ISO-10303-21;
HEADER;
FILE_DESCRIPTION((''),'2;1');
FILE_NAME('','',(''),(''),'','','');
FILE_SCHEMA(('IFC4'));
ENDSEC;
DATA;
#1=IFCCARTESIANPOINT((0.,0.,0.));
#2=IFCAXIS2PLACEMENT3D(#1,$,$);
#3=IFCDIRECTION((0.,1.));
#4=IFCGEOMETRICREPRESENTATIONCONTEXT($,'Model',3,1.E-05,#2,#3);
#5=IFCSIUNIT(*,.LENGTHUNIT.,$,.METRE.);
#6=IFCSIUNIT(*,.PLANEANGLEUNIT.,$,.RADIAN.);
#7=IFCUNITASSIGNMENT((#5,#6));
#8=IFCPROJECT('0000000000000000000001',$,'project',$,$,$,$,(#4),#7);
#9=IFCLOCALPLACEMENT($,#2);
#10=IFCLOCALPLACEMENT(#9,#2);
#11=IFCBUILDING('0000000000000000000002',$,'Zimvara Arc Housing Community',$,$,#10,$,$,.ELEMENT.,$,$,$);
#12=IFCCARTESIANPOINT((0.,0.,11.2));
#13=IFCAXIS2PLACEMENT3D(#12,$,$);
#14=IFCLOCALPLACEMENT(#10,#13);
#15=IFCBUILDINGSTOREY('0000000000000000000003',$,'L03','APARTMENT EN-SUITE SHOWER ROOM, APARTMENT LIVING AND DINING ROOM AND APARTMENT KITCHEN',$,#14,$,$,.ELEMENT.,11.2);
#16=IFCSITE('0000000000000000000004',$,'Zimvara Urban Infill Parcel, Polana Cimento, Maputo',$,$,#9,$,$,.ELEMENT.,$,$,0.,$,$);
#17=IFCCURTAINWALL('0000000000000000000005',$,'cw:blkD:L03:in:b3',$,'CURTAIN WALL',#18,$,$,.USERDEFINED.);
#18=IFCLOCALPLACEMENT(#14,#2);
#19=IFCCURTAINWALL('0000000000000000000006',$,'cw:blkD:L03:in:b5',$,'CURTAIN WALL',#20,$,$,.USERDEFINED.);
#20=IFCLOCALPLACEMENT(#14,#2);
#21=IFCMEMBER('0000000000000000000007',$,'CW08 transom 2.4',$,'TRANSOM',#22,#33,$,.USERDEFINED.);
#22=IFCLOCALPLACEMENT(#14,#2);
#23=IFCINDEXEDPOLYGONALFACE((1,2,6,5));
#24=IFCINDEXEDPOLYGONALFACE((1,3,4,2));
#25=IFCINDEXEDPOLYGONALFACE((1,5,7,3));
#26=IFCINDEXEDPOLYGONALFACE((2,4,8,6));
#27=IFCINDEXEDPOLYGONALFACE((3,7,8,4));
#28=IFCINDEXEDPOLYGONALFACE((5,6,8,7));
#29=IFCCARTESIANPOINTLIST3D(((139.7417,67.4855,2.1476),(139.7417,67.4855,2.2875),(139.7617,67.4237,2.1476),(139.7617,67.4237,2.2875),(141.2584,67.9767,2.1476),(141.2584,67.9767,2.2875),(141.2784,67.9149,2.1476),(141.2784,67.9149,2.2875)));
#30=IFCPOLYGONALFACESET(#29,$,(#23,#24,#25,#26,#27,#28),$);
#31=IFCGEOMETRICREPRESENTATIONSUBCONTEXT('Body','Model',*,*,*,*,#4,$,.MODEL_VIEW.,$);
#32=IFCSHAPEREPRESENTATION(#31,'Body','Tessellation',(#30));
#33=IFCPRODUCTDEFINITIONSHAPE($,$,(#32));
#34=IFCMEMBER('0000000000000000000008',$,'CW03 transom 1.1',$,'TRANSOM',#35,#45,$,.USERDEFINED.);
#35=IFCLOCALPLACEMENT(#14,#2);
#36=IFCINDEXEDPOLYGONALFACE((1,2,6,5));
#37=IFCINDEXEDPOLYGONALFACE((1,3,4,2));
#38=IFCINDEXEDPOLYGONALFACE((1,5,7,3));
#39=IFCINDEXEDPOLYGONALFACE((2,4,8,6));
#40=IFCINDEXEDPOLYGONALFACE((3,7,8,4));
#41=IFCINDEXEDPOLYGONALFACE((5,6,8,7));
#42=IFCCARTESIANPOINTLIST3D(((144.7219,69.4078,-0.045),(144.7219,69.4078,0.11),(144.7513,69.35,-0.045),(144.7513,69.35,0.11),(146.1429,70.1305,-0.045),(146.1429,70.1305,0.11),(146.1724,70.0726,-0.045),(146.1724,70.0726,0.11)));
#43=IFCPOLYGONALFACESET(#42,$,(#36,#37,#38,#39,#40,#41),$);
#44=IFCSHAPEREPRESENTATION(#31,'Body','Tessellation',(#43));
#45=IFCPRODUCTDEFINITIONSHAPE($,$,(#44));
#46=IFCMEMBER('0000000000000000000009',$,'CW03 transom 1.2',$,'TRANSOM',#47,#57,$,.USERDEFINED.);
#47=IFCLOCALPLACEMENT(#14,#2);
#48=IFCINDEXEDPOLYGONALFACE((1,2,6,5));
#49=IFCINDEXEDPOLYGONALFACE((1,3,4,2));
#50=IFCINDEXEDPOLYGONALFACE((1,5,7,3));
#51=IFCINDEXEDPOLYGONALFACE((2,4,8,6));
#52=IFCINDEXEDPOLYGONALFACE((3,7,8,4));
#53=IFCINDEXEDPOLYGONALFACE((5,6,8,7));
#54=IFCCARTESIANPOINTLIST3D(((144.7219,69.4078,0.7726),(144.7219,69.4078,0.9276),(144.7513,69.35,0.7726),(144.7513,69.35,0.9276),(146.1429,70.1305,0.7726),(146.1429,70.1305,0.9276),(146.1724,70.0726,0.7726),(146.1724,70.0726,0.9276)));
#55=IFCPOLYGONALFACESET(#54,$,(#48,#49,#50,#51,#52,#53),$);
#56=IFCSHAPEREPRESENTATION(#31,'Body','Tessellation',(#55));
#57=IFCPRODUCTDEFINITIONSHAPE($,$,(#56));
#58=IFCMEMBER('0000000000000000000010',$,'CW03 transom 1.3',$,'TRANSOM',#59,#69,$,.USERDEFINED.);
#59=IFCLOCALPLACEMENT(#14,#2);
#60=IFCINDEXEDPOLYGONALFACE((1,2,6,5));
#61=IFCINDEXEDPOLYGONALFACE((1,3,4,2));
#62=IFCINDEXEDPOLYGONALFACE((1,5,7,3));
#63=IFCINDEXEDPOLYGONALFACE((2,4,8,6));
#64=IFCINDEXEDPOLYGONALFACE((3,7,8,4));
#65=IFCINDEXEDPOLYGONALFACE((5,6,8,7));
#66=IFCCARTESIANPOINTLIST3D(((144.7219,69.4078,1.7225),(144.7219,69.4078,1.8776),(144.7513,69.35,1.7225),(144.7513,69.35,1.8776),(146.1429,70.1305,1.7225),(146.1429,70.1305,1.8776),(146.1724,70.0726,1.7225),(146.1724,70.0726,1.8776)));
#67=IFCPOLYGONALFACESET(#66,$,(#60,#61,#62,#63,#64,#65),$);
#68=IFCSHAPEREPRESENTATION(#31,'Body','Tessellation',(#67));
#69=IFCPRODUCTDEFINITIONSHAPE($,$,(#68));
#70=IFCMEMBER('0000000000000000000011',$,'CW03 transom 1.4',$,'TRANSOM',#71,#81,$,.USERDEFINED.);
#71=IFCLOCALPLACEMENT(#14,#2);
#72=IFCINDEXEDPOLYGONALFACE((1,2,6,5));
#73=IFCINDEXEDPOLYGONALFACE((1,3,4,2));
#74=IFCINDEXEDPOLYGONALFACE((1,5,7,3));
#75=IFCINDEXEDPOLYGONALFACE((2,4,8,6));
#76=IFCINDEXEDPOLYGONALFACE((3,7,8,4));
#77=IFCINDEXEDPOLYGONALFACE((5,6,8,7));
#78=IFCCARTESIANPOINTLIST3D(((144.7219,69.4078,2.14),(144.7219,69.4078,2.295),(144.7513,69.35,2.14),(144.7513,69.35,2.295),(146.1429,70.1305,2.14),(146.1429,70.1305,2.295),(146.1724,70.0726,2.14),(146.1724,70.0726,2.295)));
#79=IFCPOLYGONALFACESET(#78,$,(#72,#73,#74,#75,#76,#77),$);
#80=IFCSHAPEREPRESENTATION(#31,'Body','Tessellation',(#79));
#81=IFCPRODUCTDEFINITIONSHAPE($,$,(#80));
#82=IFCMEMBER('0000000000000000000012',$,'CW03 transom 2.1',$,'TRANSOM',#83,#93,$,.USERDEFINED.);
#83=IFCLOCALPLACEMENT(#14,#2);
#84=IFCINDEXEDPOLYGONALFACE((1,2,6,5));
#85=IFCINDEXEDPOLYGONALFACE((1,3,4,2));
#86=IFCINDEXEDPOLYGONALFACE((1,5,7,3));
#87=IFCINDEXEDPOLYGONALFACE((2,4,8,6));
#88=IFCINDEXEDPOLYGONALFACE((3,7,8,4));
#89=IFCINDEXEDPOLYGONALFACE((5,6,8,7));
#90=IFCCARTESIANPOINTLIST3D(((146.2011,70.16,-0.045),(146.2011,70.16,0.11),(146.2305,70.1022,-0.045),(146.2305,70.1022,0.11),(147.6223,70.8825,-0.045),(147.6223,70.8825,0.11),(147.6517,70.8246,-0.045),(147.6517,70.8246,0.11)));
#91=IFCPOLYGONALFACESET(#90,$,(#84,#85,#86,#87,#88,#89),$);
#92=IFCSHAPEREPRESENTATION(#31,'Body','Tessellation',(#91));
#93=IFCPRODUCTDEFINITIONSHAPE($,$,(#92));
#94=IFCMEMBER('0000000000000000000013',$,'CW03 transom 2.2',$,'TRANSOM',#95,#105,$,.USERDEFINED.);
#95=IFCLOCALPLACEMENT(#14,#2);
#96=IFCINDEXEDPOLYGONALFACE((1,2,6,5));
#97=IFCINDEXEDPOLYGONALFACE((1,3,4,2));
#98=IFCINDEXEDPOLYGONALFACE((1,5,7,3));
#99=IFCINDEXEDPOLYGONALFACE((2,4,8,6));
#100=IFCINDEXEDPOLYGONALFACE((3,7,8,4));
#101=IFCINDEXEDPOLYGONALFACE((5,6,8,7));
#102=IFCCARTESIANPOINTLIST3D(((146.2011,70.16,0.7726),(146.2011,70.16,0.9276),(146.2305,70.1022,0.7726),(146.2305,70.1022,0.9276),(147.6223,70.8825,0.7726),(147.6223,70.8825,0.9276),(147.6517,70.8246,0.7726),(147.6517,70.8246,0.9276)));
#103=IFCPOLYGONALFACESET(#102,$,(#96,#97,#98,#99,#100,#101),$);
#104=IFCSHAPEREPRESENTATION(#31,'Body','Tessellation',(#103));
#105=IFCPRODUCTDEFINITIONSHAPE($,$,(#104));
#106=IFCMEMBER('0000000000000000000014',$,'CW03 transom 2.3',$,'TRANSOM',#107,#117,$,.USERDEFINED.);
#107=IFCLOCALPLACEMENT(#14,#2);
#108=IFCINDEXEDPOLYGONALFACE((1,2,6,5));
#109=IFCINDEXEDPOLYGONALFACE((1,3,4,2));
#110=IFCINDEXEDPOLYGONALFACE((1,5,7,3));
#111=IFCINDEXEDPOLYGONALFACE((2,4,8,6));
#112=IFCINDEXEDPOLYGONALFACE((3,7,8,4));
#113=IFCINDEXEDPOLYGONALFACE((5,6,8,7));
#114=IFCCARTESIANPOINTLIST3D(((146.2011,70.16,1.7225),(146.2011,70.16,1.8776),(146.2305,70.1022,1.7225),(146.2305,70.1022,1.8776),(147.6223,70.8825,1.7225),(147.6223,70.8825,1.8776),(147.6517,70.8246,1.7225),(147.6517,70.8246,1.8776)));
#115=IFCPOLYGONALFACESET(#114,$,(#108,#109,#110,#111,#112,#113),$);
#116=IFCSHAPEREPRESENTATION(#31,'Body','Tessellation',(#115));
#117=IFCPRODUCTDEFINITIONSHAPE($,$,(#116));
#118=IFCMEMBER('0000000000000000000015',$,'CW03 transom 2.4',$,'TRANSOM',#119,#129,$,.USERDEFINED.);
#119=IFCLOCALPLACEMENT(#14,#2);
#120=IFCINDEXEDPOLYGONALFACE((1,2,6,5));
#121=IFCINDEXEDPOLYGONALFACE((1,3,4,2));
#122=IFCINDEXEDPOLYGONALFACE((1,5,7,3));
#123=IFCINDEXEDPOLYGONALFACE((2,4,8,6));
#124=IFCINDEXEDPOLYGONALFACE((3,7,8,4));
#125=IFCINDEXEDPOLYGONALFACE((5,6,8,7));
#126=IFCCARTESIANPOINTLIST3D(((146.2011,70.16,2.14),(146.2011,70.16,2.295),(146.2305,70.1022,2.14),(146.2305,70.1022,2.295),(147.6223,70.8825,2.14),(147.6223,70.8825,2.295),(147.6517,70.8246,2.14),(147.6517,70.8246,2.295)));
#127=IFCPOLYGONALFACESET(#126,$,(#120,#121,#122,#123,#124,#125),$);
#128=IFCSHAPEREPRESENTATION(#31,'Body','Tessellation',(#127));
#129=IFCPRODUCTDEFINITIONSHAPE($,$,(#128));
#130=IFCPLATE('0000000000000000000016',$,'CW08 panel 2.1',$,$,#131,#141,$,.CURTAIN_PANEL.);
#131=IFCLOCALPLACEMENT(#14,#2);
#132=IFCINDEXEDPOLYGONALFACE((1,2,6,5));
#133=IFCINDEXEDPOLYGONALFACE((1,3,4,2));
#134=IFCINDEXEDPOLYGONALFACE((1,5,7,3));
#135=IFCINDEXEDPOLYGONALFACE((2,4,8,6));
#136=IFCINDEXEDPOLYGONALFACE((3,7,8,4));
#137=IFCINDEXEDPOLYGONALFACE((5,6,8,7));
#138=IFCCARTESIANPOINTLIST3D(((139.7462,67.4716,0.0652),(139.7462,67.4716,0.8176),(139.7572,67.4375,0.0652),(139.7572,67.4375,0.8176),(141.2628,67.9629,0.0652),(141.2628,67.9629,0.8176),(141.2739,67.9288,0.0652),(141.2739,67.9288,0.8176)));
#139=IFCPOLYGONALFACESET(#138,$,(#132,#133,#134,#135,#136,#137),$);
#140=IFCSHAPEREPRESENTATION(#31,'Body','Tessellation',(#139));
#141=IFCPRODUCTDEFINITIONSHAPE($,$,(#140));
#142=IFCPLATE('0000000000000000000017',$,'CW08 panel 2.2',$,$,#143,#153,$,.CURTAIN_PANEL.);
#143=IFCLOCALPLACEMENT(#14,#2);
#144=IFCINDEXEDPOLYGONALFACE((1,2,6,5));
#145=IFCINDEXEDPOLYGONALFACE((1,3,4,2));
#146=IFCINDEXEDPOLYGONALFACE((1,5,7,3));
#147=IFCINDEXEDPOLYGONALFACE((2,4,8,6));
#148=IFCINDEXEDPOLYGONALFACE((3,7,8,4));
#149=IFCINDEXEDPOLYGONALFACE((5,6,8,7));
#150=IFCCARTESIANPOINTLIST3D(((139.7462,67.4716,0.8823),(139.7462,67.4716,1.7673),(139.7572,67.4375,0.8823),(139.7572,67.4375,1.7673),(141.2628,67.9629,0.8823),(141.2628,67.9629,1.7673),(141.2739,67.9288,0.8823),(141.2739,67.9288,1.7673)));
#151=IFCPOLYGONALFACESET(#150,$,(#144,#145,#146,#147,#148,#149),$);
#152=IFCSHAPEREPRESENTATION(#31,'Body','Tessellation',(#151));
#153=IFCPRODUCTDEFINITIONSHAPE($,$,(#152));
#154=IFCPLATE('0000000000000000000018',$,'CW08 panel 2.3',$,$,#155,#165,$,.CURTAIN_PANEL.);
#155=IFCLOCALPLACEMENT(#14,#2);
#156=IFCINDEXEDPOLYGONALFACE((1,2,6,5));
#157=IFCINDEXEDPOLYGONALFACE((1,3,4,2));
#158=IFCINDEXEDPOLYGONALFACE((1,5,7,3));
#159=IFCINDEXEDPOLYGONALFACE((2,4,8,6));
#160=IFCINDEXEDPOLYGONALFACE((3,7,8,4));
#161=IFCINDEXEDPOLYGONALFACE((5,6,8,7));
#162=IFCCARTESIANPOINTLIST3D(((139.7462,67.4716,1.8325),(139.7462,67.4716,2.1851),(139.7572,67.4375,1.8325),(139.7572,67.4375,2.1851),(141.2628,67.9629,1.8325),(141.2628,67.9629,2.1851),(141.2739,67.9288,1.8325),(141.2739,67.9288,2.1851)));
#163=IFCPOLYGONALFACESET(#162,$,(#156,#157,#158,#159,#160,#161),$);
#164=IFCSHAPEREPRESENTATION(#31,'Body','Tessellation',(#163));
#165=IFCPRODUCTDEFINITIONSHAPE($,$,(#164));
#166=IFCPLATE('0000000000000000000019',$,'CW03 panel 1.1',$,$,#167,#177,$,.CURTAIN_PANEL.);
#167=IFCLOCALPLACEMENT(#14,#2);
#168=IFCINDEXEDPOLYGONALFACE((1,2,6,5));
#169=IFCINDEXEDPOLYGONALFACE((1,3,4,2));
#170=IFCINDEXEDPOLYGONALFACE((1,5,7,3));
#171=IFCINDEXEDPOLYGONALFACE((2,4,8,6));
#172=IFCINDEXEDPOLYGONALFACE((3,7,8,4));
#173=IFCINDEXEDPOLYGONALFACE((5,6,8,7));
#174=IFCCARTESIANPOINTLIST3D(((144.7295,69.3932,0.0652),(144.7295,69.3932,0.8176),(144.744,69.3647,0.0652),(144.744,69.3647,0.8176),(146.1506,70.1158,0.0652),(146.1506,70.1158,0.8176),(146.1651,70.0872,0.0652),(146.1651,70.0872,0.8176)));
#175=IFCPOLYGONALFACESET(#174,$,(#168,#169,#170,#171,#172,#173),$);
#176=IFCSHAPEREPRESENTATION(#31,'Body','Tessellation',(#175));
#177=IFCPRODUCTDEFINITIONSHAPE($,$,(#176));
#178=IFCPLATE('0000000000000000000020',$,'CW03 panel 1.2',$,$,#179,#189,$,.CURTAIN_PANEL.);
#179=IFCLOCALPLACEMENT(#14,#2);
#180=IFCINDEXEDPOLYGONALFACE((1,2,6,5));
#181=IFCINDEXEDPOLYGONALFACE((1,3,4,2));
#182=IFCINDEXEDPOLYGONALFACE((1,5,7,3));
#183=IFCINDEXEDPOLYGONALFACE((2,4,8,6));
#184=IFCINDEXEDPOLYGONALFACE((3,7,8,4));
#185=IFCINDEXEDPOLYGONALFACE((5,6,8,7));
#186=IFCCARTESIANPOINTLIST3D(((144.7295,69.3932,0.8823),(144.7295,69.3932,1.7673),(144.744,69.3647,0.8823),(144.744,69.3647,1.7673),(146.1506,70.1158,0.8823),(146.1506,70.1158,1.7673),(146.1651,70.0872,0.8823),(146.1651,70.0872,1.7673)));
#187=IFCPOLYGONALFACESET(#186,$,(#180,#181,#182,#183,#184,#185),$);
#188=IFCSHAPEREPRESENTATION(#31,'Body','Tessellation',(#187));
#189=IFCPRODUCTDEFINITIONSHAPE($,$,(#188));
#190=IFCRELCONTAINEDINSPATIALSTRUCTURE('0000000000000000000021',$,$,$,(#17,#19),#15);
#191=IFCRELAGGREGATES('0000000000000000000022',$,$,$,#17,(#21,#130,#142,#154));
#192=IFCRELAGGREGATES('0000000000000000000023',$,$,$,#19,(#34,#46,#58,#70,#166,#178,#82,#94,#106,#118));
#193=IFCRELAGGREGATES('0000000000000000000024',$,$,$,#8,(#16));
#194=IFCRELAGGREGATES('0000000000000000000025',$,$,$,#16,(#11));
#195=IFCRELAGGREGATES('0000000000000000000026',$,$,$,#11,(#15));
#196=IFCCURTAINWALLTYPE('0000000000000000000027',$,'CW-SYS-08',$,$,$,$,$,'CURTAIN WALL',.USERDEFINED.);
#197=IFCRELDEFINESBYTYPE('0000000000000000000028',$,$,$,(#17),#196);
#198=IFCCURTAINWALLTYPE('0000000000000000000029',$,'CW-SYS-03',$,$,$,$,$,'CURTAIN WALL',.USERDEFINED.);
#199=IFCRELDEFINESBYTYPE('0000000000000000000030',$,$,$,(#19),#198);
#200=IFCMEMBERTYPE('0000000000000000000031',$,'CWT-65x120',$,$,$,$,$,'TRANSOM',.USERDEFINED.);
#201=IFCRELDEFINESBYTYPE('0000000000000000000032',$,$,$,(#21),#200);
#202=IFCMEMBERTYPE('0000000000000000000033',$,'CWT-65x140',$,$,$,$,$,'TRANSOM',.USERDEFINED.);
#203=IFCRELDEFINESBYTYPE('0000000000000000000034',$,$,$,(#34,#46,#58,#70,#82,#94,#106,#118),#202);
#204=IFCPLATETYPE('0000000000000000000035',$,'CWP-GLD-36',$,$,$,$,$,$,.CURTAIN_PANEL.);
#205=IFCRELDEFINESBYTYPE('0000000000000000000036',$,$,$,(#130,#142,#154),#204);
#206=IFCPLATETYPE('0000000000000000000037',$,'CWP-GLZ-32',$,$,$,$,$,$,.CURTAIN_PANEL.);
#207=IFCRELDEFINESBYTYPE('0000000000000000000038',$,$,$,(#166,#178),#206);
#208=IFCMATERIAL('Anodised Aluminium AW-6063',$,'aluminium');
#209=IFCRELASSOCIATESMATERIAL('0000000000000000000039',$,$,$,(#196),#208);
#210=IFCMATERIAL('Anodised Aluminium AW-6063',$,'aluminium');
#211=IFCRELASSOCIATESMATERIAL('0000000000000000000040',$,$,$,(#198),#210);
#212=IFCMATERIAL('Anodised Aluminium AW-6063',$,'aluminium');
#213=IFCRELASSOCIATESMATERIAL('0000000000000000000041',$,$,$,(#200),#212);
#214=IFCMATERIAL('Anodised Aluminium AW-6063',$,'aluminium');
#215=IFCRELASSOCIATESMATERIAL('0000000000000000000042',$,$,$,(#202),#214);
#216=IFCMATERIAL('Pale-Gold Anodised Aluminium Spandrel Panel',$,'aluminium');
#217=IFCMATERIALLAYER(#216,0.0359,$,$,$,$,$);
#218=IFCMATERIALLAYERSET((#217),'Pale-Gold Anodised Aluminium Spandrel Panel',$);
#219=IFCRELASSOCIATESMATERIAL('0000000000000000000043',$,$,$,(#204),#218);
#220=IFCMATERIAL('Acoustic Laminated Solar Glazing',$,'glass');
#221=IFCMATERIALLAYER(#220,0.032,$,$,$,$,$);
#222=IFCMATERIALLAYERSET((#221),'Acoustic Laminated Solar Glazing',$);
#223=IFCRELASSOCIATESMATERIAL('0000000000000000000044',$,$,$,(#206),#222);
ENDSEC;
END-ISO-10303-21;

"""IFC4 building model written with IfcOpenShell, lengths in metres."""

from ifc_helpers import new_model, si_unit, direction, frame, origin, origin_2d, place, context, subcontext, project, spatial, rectangle, extrude, material, layer, layer_set, material_profile, profile_set, type_object, element, aggregate, save


model = new_model("IFC4")

# Units and contexts
model_context = context("Model", 3, precision=1e-05, world=origin(), true_north=direction((0.0, 1.0)))
body_context = subcontext(model_context, "Body", "Model", "MODEL_VIEW")
ifc_project = project(units=[si_unit("LENGTHUNIT", "METRE"), si_unit("PLANEANGLEUNIT", "RADIAN")], contexts=[model_context])

# Site, building, storey
site_placement = place(None, origin())
site = spatial("IfcSite", under=ifc_project, at=site_placement, Name="Zimvara Urban Infill Parcel, Polana Cimento, Maputo", CompositionType="ELEMENT", RefElevation=0.0)
building_placement = place(site_placement, origin())
building = spatial("IfcBuilding", under=site, at=building_placement, Name="Zimvara Arc Housing Community", CompositionType="ELEMENT")
storey_placement = place(building_placement, frame((0.0, 0.0, 11.2)))
storey = spatial("IfcBuildingStorey", under=building, at=storey_placement, Name="L03", Description="APARTMENT EN-SUITE SHOWER ROOM, APARTMENT LIVING AND DINING ROOM AND APARTMENT KITCHEN", CompositionType="ELEMENT", Elevation=11.2)

# Curtain walls
ifc_material_1 = material(Name="Anodised Aluminium AW-6063", Category="aluminium")
curtain_wall_type_1 = type_object("IfcCurtainWallType", Name="CW-SYS-08", ElementType="CURTAIN WALL", PredefinedType="USERDEFINED", material=ifc_material_1)
curtain_wall_1_placement = place(storey_placement, origin())
curtain_wall_1 = element("IfcCurtainWall", 1, at=curtain_wall_1_placement, inside=storey, type_object=curtain_wall_type_1, Name="cw:blkD:L03:in:b3", ObjectType="CURTAIN WALL", PredefinedType="USERDEFINED")
ifc_material_2 = material(Name="Anodised Aluminium AW-6063", Category="aluminium")
curtain_wall_type_2 = type_object("IfcCurtainWallType", Name="CW-SYS-03", ElementType="CURTAIN WALL", PredefinedType="USERDEFINED", material=ifc_material_2)
curtain_wall_2_placement = place(storey_placement, origin())
curtain_wall_2 = element("IfcCurtainWall", 2, at=curtain_wall_2_placement, inside=storey, type_object=curtain_wall_type_2, Name="cw:blkD:L03:in:b5", ObjectType="CURTAIN WALL", PredefinedType="USERDEFINED")

# Members
ifc_material_3 = material(Name="Anodised Aluminium AW-6063", Category="aluminium")
ifc_material_profile_1 = material_profile(ifc_material_3, rectangle(XDim=0.0649, YDim=0.1399, at=origin_2d()), Name="ALU 65x140")
ifc_profile_set_1 = profile_set([ifc_material_profile_1], Name="Anodised Aluminium AW-6063")
member_type_1 = type_object("IfcMemberType", Name="CWT-65x120", ElementType="TRANSOM", PredefinedType="USERDEFINED", material=ifc_profile_set_1)
member_1_placement = place(storey_placement, frame((139.7517, 67.4546, 2.2175), z_axis=(0.951344, 0.30813, 0.0), x_axis=(-0.30813, 0.951344, 0.0)))
member_1 = element("IfcMember", 3, at=member_1_placement, type_object=member_type_1, Name="CW08 transom 2.4", ObjectType="TRANSOM", PredefinedType="USERDEFINED", context=body_context, shape_type="SweptSolid", body=[
    extrude(rectangle(XDim=0.0649, YDim=0.1399, at=origin_2d()), origin(), (0.0, 0.0, 1.0), 1.5942),
])
ifc_material_4 = material(Name="Anodised Aluminium AW-6063", Category="aluminium")
ifc_material_profile_2 = material_profile(ifc_material_4, rectangle(XDim=0.0649, YDim=0.155, at=origin_2d()), Name="ALU 65x155")
ifc_profile_set_2 = profile_set([ifc_material_profile_2], Name="Anodised Aluminium AW-6063")
member_type_2 = type_object("IfcMemberType", Name="CWT-65x140", ElementType="TRANSOM", PredefinedType="USERDEFINED", material=ifc_profile_set_2)
member_2_placement = place(storey_placement, frame((144.7366, 69.3789, 0.0325), z_axis=(0.891375, 0.453267, 0.0), x_axis=(-0.453267, 0.891375, 0.0)))
member_2 = element("IfcMember", 4, at=member_2_placement, type_object=member_type_2, Name="CW03 transom 1.1", ObjectType="TRANSOM", PredefinedType="USERDEFINED", context=body_context, shape_type="SweptSolid", body=[
    extrude(rectangle(XDim=0.0649, YDim=0.155, at=origin_2d()), origin(), (0.0, 0.0, 1.0), 1.5942),
])
member_3_placement = place(storey_placement, frame((144.7366, 69.3789, 0.8501), z_axis=(0.891375, 0.453267, 0.0), x_axis=(-0.453267, 0.891375, 0.0)))
member_3 = element("IfcMember", 5, at=member_3_placement, type_object=member_type_2, Name="CW03 transom 1.2", ObjectType="TRANSOM", PredefinedType="USERDEFINED", context=body_context, shape_type="SweptSolid", body=[
    extrude(rectangle(XDim=0.0649, YDim=0.155, at=origin_2d()), origin(), (0.0, 0.0, 1.0), 1.5942),
])
member_4_placement = place(storey_placement, frame((144.7366, 69.3789, 1.8), z_axis=(0.891375, 0.453267, 0.0), x_axis=(-0.453267, 0.891375, 0.0)))
member_4 = element("IfcMember", 6, at=member_4_placement, type_object=member_type_2, Name="CW03 transom 1.3", ObjectType="TRANSOM", PredefinedType="USERDEFINED", context=body_context, shape_type="SweptSolid", body=[
    extrude(rectangle(XDim=0.0649, YDim=0.155, at=origin_2d()), origin(), (0.0, 0.0, 1.0), 1.5942),
])
member_5_placement = place(storey_placement, frame((144.7366, 69.3789, 2.2175), z_axis=(0.891375, 0.453267, 0.0), x_axis=(-0.453267, 0.891375, 0.0)))
member_5 = element("IfcMember", 7, at=member_5_placement, type_object=member_type_2, Name="CW03 transom 1.4", ObjectType="TRANSOM", PredefinedType="USERDEFINED", context=body_context, shape_type="SweptSolid", body=[
    extrude(rectangle(XDim=0.0649, YDim=0.155, at=origin_2d()), origin(), (0.0, 0.0, 1.0), 1.5942),
])
member_6_placement = place(storey_placement, frame((146.2158, 70.1311, 0.0325), z_axis=(0.891437, 0.453146, 0.0), x_axis=(-0.453146, 0.891437, 0.0)))
member_6 = element("IfcMember", 8, at=member_6_placement, type_object=member_type_2, Name="CW03 transom 2.1", ObjectType="TRANSOM", PredefinedType="USERDEFINED", context=body_context, shape_type="SweptSolid", body=[
    extrude(rectangle(XDim=0.0649, YDim=0.155, at=origin_2d()), origin(), (0.0, 0.0, 1.0), 1.5942),
])
member_7_placement = place(storey_placement, frame((146.2158, 70.1311, 0.8501), z_axis=(0.891437, 0.453146, 0.0), x_axis=(-0.453146, 0.891437, 0.0)))
member_7 = element("IfcMember", 9, at=member_7_placement, type_object=member_type_2, Name="CW03 transom 2.2", ObjectType="TRANSOM", PredefinedType="USERDEFINED", context=body_context, shape_type="SweptSolid", body=[
    extrude(rectangle(XDim=0.0649, YDim=0.155, at=origin_2d()), origin(), (0.0, 0.0, 1.0), 1.5942),
])
member_8_placement = place(storey_placement, frame((146.2158, 70.1311, 1.8), z_axis=(0.891437, 0.453146, 0.0), x_axis=(-0.453146, 0.891437, 0.0)))
member_8 = element("IfcMember", 10, at=member_8_placement, type_object=member_type_2, Name="CW03 transom 2.3", ObjectType="TRANSOM", PredefinedType="USERDEFINED", context=body_context, shape_type="SweptSolid", body=[
    extrude(rectangle(XDim=0.0649, YDim=0.155, at=origin_2d()), origin(), (0.0, 0.0, 1.0), 1.5942),
])
member_9_placement = place(storey_placement, frame((146.2158, 70.1311, 2.2175), z_axis=(0.891437, 0.453146, 0.0), x_axis=(-0.453146, 0.891437, 0.0)))
member_9 = element("IfcMember", 11, at=member_9_placement, type_object=member_type_2, Name="CW03 transom 2.4", ObjectType="TRANSOM", PredefinedType="USERDEFINED", context=body_context, shape_type="SweptSolid", body=[
    extrude(rectangle(XDim=0.0649, YDim=0.155, at=origin_2d()), origin(), (0.0, 0.0, 1.0), 1.5942),
])

# Plates
ifc_material_5 = material(Name="Pale-Gold Anodised Aluminium Spandrel Panel", Category="aluminium")
ifc_layer_1 = layer(ifc_material_5, 0.0359)
ifc_layer_set_1 = layer_set([ifc_layer_1], Name="Pale-Gold Anodised Aluminium Spandrel Panel")
plate_type_1 = type_object("IfcPlateType", Name="CWP-GLD-36", PredefinedType="CURTAIN_PANEL", material=ifc_layer_set_1)
plate_1_placement = place(storey_placement, frame((140.51, 67.7002, 0.0652), z_axis=(0.0, 0.0, 1.0), x_axis=(0.951326, 0.308185, 0.0)))
plate_1 = element("IfcPlate", 12, at=plate_1_placement, type_object=plate_type_1, Name="CW08 panel 2.1", PredefinedType="CURTAIN_PANEL", context=body_context, shape_type="SweptSolid", body=[
    extrude(rectangle(XDim=1.5942, YDim=0.0359, at=origin_2d()), origin(), (0.0, 0.0, 1.0), 0.7524),
])
plate_2_placement = place(storey_placement, frame((140.51, 67.7002, 0.8823), z_axis=(0.0, 0.0, 1.0), x_axis=(0.951326, 0.308185, 0.0)))
plate_2 = element("IfcPlate", 13, at=plate_2_placement, type_object=plate_type_1, Name="CW08 panel 2.2", PredefinedType="CURTAIN_PANEL", context=body_context, shape_type="SweptSolid", body=[
    extrude(rectangle(XDim=1.5942, YDim=0.0359, at=origin_2d()), origin(), (0.0, 0.0, 1.0), 0.885),
])
plate_3_placement = place(storey_placement, frame((140.51, 67.7002, 1.8325), z_axis=(0.0, 0.0, 1.0), x_axis=(0.951326, 0.308185, 0.0)))
plate_3 = element("IfcPlate", 14, at=plate_3_placement, type_object=plate_type_1, Name="CW08 panel 2.3", PredefinedType="CURTAIN_PANEL", context=body_context, shape_type="SweptSolid", body=[
    extrude(rectangle(XDim=1.5942, YDim=0.0359, at=origin_2d()), origin(), (0.0, 0.0, 1.0), 0.3525),
])
aggregate(curtain_wall_1, [member_1, plate_1, plate_2, plate_3])
ifc_material_6 = material(Name="Acoustic Laminated Solar Glazing", Category="glass")
ifc_layer_2 = layer(ifc_material_6, 0.032)
ifc_layer_set_2 = layer_set([ifc_layer_2], Name="Acoustic Laminated Solar Glazing")
plate_type_2 = type_object("IfcPlateType", Name="CWP-GLZ-32", PredefinedType="CURTAIN_PANEL", material=ifc_layer_set_2)
plate_4_placement = place(storey_placement, frame((145.4473, 69.7402, 0.0652), z_axis=(0.0, 0.0, 1.0), x_axis=(0.891403, 0.453211, 0.0)))
plate_4 = element("IfcPlate", 15, at=plate_4_placement, type_object=plate_type_2, Name="CW03 panel 1.1", PredefinedType="CURTAIN_PANEL", context=body_context, shape_type="SweptSolid", body=[
    extrude(rectangle(XDim=1.5942, YDim=0.032, at=origin_2d()), origin(), (0.0, 0.0, 1.0), 0.7524),
])
plate_5_placement = place(storey_placement, frame((145.4473, 69.7402, 0.8823), z_axis=(0.0, 0.0, 1.0), x_axis=(0.891403, 0.453211, 0.0)))
plate_5 = element("IfcPlate", 16, at=plate_5_placement, type_object=plate_type_2, Name="CW03 panel 1.2", PredefinedType="CURTAIN_PANEL", context=body_context, shape_type="SweptSolid", body=[
    extrude(rectangle(XDim=1.5942, YDim=0.032, at=origin_2d()), origin(), (0.0, 0.0, 1.0), 0.885),
])
aggregate(curtain_wall_2, [member_2, member_3, member_4, member_5, plate_4, plate_5, member_6, member_7, member_8, member_9])

save(model, "model.ifc")
